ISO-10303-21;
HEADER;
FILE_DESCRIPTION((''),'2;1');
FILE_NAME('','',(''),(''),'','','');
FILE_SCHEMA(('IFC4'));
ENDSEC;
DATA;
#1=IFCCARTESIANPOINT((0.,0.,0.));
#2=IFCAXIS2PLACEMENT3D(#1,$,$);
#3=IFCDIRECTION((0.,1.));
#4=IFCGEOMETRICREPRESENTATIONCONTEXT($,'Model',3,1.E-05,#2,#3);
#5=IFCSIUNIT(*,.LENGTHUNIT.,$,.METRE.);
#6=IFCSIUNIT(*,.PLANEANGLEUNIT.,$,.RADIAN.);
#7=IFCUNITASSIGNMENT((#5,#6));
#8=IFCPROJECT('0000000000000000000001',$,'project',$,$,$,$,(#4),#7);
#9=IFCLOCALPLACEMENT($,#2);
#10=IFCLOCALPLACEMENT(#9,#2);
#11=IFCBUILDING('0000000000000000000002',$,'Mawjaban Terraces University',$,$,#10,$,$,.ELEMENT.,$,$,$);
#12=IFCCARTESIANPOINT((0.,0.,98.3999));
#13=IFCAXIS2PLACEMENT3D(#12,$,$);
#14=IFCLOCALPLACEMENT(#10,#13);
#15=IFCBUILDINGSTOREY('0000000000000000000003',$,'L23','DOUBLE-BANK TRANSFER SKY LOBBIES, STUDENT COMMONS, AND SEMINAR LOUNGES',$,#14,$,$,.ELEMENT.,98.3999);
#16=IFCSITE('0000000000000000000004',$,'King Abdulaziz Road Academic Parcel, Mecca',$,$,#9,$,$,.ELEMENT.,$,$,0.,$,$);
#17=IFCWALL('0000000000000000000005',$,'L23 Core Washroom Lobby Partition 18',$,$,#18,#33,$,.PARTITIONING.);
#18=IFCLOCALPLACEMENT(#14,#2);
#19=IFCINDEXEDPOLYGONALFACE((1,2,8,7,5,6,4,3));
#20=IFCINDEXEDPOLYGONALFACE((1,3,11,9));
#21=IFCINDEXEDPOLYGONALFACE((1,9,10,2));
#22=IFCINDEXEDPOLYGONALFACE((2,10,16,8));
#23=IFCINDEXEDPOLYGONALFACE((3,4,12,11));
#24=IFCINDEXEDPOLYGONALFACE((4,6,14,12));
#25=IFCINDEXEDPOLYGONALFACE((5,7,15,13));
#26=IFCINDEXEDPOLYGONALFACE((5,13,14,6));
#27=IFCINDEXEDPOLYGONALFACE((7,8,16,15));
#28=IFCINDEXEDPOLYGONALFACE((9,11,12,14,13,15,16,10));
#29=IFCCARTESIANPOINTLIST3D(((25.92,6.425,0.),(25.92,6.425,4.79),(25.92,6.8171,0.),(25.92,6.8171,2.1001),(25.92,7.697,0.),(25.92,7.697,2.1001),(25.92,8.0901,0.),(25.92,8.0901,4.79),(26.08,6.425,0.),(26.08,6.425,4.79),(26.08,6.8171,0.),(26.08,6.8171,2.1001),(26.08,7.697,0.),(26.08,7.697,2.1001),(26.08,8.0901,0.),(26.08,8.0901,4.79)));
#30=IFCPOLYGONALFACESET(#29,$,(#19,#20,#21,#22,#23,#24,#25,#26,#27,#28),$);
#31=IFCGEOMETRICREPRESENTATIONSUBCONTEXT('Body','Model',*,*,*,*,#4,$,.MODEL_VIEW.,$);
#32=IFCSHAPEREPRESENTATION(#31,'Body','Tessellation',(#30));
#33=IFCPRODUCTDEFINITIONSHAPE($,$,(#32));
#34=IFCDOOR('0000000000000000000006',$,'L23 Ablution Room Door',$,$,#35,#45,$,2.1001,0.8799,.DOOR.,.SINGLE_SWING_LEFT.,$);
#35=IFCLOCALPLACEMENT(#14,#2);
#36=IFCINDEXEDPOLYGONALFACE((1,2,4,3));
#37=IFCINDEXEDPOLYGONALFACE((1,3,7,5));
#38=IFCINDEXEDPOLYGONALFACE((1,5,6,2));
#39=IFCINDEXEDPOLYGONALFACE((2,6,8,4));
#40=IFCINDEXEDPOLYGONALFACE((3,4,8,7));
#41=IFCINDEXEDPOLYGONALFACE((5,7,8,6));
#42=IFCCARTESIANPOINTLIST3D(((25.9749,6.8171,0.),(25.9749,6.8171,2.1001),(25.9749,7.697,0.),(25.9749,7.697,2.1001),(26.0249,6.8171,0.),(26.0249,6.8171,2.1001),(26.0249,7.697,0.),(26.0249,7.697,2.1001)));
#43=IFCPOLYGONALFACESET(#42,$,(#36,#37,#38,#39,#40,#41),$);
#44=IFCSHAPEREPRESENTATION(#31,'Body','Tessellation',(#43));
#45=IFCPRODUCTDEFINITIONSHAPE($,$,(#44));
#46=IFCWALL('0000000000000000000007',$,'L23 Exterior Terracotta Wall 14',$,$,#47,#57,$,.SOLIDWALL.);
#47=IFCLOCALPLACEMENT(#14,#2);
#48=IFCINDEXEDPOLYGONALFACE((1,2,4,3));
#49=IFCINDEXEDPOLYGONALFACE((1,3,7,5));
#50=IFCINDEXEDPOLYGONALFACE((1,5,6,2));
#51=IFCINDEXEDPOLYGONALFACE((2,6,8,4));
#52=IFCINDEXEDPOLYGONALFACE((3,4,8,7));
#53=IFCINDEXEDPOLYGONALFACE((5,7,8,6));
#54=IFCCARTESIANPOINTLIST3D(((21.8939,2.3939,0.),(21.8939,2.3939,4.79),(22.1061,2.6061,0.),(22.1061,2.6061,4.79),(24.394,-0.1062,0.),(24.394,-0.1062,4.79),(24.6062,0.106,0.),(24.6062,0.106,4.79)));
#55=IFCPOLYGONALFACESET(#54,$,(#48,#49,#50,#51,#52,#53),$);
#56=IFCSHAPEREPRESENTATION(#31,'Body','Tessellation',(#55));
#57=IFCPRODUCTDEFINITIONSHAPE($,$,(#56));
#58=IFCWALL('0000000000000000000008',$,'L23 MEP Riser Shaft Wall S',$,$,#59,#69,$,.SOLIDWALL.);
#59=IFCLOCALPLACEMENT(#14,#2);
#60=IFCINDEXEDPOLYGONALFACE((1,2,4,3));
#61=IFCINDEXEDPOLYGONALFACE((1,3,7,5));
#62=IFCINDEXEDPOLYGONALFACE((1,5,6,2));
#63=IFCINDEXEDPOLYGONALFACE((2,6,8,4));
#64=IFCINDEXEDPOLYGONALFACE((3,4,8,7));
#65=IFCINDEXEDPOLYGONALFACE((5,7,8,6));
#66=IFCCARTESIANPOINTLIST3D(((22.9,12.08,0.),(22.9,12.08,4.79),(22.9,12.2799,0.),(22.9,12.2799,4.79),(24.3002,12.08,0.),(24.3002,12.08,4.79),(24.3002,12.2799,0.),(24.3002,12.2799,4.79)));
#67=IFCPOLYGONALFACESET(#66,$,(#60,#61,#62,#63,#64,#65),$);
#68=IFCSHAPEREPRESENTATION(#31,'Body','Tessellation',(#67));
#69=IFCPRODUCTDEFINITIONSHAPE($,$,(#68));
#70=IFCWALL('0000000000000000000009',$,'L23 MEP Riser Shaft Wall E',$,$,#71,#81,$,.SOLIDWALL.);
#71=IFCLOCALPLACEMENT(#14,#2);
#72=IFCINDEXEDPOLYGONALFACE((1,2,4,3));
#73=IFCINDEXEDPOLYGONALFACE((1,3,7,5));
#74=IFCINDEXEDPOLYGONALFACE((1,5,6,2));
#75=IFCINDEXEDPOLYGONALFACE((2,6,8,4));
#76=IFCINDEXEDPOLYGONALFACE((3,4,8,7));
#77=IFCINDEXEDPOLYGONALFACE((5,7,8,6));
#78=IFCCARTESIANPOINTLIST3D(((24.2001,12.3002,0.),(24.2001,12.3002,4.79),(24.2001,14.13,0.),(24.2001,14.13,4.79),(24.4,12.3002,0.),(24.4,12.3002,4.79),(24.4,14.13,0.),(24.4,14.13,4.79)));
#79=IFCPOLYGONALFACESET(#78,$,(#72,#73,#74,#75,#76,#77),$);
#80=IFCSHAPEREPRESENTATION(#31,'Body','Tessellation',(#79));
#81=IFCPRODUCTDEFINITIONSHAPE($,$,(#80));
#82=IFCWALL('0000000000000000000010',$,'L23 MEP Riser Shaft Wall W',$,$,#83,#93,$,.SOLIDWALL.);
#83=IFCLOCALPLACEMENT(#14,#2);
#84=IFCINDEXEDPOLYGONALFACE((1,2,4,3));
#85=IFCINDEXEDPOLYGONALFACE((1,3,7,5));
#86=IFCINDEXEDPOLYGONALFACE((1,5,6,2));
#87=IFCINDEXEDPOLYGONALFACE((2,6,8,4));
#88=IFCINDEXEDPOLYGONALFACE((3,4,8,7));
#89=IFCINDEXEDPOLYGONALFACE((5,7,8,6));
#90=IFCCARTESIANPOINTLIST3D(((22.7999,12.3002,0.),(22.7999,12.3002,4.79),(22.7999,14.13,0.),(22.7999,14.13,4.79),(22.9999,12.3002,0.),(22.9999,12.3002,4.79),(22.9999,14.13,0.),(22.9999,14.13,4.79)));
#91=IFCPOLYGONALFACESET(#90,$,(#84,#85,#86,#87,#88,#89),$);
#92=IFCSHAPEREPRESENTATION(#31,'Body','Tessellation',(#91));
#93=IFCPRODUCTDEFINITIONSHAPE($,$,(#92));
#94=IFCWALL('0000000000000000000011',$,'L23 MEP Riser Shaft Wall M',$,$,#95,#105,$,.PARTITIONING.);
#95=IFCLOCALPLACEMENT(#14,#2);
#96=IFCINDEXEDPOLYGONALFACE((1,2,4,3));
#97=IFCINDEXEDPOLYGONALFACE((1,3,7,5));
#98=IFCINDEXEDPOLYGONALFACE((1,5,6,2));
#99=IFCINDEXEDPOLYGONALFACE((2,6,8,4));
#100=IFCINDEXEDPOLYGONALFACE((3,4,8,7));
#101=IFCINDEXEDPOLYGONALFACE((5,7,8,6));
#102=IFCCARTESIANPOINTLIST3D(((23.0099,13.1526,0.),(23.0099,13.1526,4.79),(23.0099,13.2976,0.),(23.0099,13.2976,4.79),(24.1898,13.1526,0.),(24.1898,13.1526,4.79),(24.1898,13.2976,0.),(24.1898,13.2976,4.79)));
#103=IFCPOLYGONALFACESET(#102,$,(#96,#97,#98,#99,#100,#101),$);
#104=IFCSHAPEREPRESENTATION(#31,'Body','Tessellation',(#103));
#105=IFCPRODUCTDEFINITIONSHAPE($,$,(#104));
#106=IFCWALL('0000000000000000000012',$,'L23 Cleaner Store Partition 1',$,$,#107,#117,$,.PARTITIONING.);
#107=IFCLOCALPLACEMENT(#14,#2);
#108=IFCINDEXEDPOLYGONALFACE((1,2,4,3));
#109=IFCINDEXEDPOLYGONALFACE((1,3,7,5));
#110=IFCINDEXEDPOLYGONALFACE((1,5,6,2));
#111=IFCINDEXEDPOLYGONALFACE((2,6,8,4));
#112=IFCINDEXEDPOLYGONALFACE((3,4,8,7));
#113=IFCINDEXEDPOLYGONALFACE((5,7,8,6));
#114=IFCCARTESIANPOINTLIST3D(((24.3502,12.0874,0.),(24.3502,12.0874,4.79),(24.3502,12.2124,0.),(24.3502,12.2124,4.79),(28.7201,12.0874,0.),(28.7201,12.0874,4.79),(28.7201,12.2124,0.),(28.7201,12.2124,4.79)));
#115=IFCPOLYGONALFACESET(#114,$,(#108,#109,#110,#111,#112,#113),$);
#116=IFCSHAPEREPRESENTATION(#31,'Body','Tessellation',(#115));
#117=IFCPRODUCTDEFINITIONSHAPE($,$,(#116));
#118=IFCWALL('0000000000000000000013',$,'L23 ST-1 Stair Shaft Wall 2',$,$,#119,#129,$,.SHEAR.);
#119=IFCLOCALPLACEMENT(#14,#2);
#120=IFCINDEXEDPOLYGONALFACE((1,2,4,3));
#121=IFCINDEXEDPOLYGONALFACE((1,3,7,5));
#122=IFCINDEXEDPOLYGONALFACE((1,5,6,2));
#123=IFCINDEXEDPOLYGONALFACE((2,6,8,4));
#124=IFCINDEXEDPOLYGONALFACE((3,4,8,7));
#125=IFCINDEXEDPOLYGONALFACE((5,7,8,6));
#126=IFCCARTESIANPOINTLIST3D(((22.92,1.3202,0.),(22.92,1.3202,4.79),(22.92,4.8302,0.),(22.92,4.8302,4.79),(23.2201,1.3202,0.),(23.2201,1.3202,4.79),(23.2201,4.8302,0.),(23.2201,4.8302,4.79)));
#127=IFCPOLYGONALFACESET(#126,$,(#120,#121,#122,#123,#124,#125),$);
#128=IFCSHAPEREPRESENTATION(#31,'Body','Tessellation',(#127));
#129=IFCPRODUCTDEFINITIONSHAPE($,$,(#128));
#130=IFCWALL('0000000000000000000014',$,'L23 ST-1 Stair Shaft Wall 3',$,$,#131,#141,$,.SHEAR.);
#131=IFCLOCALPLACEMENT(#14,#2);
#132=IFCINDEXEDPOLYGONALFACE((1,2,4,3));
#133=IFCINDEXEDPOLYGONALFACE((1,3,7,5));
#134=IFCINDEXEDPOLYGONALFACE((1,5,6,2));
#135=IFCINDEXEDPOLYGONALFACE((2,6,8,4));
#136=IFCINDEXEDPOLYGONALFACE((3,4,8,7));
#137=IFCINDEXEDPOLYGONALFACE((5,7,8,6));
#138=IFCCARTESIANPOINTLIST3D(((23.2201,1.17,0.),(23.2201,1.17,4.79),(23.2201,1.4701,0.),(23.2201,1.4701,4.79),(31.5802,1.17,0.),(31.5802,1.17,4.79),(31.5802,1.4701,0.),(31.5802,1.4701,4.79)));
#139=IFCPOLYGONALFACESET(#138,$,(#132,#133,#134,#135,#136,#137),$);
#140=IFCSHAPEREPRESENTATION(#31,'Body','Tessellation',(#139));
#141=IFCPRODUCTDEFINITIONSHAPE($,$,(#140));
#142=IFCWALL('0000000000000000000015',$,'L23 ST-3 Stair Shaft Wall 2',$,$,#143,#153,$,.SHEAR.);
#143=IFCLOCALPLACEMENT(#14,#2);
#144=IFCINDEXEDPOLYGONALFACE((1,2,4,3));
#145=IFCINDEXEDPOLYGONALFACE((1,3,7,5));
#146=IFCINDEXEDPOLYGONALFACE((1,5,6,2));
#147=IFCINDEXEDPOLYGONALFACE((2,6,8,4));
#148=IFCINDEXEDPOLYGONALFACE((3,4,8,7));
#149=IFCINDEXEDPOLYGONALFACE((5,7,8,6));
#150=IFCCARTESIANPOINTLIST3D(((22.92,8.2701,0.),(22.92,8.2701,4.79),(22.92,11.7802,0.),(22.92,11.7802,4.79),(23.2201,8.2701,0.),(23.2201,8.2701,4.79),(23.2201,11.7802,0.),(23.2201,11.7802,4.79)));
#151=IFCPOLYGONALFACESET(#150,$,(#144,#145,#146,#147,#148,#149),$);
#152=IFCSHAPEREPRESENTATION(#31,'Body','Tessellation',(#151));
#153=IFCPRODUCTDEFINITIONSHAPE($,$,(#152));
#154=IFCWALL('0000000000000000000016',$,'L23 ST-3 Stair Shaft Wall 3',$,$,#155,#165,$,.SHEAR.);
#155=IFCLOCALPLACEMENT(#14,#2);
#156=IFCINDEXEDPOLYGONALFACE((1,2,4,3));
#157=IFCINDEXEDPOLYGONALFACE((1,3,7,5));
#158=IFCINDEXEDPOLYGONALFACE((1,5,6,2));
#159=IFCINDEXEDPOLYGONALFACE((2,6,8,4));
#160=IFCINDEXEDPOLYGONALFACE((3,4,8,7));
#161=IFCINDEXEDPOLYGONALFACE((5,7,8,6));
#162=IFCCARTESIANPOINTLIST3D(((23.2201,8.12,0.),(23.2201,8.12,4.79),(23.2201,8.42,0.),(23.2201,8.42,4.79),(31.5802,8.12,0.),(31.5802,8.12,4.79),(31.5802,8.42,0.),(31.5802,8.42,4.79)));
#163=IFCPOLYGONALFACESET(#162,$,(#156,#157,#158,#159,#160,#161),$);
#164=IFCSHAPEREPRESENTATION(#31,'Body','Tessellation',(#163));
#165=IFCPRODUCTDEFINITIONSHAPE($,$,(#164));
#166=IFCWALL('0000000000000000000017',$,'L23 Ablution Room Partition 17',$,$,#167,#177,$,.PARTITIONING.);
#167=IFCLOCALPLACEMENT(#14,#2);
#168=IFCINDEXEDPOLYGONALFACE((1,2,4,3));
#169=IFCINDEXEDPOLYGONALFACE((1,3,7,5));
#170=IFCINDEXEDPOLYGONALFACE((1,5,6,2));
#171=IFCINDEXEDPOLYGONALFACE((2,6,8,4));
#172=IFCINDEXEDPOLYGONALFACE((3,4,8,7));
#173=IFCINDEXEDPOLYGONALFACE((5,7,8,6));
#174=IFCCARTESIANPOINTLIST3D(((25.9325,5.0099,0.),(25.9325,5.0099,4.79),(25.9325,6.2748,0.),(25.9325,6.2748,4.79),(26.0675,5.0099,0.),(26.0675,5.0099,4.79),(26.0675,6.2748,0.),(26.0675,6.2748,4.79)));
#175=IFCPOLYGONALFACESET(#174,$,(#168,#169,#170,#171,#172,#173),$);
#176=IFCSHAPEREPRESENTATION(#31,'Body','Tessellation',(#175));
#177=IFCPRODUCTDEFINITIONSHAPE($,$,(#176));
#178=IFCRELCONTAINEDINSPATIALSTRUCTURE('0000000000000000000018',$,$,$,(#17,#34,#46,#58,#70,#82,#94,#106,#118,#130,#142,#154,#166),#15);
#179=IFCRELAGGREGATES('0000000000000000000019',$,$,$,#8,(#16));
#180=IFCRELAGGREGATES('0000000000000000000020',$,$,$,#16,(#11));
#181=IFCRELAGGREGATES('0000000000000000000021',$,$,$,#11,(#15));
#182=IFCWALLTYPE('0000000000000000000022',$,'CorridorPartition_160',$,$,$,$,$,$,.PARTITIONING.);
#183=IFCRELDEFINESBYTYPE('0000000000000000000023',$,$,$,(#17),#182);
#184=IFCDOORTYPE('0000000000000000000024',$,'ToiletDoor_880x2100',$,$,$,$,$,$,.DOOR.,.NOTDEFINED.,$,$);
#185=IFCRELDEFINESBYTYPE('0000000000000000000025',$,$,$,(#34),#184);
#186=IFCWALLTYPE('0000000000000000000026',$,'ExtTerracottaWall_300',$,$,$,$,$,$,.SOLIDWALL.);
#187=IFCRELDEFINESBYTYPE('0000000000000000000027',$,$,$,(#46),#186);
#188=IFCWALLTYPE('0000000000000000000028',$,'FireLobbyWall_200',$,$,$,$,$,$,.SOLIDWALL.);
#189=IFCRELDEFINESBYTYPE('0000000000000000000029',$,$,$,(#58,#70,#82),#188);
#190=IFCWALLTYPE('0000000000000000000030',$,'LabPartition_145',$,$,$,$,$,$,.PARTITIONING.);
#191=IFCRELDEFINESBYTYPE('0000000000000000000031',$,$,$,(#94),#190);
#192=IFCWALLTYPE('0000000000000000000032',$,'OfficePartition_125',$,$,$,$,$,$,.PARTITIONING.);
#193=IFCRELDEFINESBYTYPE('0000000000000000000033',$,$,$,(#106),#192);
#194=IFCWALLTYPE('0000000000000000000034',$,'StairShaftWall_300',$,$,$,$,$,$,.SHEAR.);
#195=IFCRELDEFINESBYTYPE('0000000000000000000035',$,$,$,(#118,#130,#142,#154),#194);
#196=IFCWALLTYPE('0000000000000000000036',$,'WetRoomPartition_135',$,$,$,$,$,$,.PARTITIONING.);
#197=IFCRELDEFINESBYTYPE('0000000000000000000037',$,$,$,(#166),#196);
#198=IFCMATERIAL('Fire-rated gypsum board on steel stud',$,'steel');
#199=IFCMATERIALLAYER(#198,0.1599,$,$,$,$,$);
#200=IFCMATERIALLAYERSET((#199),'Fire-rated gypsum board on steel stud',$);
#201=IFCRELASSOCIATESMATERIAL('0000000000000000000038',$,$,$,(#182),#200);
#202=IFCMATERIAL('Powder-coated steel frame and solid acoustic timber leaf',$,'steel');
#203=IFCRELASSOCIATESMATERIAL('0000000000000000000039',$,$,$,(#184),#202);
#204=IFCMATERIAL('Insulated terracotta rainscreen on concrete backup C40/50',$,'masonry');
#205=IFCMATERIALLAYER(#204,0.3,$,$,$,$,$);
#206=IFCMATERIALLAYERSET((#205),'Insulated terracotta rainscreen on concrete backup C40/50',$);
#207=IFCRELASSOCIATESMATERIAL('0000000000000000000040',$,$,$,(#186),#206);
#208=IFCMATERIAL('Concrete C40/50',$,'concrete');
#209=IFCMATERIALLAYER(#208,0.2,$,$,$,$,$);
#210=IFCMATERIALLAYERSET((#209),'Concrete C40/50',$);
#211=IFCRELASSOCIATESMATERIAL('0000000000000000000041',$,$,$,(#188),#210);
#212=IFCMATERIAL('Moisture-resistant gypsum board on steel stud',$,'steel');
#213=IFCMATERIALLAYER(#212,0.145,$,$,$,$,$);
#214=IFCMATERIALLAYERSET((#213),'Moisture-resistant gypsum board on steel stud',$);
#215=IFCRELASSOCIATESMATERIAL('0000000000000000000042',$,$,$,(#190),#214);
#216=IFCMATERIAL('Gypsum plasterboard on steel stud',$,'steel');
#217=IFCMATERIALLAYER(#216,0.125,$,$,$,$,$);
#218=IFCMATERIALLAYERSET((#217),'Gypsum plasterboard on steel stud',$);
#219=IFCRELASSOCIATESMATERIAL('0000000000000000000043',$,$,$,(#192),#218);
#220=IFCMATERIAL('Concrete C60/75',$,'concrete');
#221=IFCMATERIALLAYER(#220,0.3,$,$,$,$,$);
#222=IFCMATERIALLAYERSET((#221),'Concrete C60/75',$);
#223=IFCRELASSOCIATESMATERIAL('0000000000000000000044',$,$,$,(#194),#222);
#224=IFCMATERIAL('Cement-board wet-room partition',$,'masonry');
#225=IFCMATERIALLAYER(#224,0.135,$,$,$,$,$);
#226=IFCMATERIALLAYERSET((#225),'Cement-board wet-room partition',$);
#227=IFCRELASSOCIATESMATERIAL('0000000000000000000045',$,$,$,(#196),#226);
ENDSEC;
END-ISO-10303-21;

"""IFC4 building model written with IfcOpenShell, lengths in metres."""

from ifc_helpers import new_model, si_unit, direction, frame, frame_2d, origin, place, context, subcontext, project, spatial, rectangle, extrude, material, layer, layer_set, type_object, element, fill, save


model = new_model("IFC4")

# Units and contexts
model_context = context("Model", 3, precision=1e-05, world=origin(), true_north=direction((0.0, 1.0)))
body_context = subcontext(model_context, "Body", "Model", "MODEL_VIEW")
ifc_project = project(units=[si_unit("LENGTHUNIT", "METRE"), si_unit("PLANEANGLEUNIT", "RADIAN")], contexts=[model_context])

# Site, building, storey
site_placement = place(None, origin())
site = spatial("IfcSite", under=ifc_project, at=site_placement, Name="King Abdulaziz Road Academic Parcel, Mecca", CompositionType="ELEMENT", RefElevation=0.0)
building_placement = place(site_placement, origin())
building = spatial("IfcBuilding", under=site, at=building_placement, Name="Mawjaban Terraces University", CompositionType="ELEMENT")
storey_placement = place(building_placement, frame((0.0, 0.0, 98.3999)))
storey = spatial("IfcBuildingStorey", under=building, at=storey_placement, Name="L23", Description="DOUBLE-BANK TRANSFER SKY LOBBIES, STUDENT COMMONS, AND SEMINAR LOUNGES", CompositionType="ELEMENT", Elevation=98.3999)

# Shared definitions
ifc_material_1 = material(Name="Concrete C60/75", Category="concrete")

# Wall, opening, door
ifc_material_2 = material(Name="Fire-rated gypsum board on steel stud", Category="steel")
ifc_layer_1 = layer(ifc_material_2, 0.1599)
ifc_layer_set_1 = layer_set([ifc_layer_1], Name="Fire-rated gypsum board on steel stud")
wall_type_1 = type_object("IfcWallType", Name="CorridorPartition_160", PredefinedType="PARTITIONING", material=ifc_layer_set_1)
ifc_material_3 = material(Name="Powder-coated steel frame and solid acoustic timber leaf", Category="steel")
door_type = type_object("IfcDoorType", Name="ToiletDoor_880x2100", OperationType="NOTDEFINED", PredefinedType="DOOR", material=ifc_material_3)
wall_1_placement = place(storey_placement, frame((26.0, 8.0901, 0.0), z_axis=(0.0, 0.0, 1.0), x_axis=(0.0, -1.0, 0.0)))
wall_1 = element("IfcWall", 1, at=wall_1_placement, inside=storey, type_object=wall_type_1, Name="L23 Core Washroom Lobby Partition 18", PredefinedType="PARTITIONING", context=body_context, shape_type="SweptSolid", body=[
    extrude(rectangle(XDim=1.665, YDim=0.1599, at=frame_2d((0.8325, 0.0))), origin(), (0.0, 0.0, 1.0), 4.79),
])
opening_1_placement = place(wall_1_placement, frame((0.3931, 0.0, 0.0)))
opening_1 = element("IfcOpeningElement", 2, at=opening_1_placement, cuts=wall_1, PredefinedType="OPENING", context=body_context, shape_type="SweptSolid", body=[
    extrude(rectangle(XDim=0.8799, YDim=2.1001, at=frame_2d((0.4399, 1.05))), frame((0.0, 0.0898, 0.0), z_axis=(0.0, -1.0, 0.0), x_axis=(1.0, 0.0, 0.0)), (0.0, 0.0, 1.0), 0.1799),
])
door_1_placement = place(opening_1_placement, origin())
door_1 = element("IfcDoor", 3, at=door_1_placement, inside=storey, type_object=door_type, Name="L23 Ablution Room Door", OperationType="SINGLE_SWING_LEFT", OverallHeight=2.1001, OverallWidth=0.8799, PredefinedType="DOOR", context=body_context, shape_type="SweptSolid", body=[
    extrude(rectangle(XDim=0.8799, YDim=2.1001, at=frame_2d((0.4399, 1.05))), frame((0.0, 0.0249, 0.0), z_axis=(0.0, -1.0, 0.0), x_axis=(1.0, 0.0, 0.0)), (0.0, 0.0, 1.0), 0.05),
])
fill(opening_1, door_1)

# Walls
ifc_material_4 = material(Name="Insulated terracotta rainscreen on concrete backup C40/50", Category="masonry")
ifc_layer_2 = layer(ifc_material_4, 0.3)
ifc_layer_set_2 = layer_set([ifc_layer_2], Name="Insulated terracotta rainscreen on concrete backup C40/50")
wall_type_2 = type_object("IfcWallType", Name="ExtTerracottaWall_300", PredefinedType="SOLIDWALL", material=ifc_layer_set_2)
wall_2_placement = place(storey_placement, frame((22.0, 2.5, 0.0), z_axis=(0.0, 0.0, 1.0), x_axis=(0.707107, -0.707107, 0.0)))
element("IfcWall", 4, at=wall_2_placement, inside=storey, type_object=wall_type_2, Name="L23 Exterior Terracotta Wall 14", PredefinedType="SOLIDWALL", context=body_context, shape_type="SweptSolid", body=[
    extrude(rectangle(XDim=3.5356, YDim=0.3, at=frame_2d((1.7678, 0.0))), origin(), (0.0, 0.0, 1.0), 4.79),
])
ifc_material_5 = material(Name="Concrete C40/50", Category="concrete")
ifc_layer_3 = layer(ifc_material_5, 0.2)
ifc_layer_set_3 = layer_set([ifc_layer_3], Name="Concrete C40/50")
wall_type_3 = type_object("IfcWallType", Name="FireLobbyWall_200", PredefinedType="SOLIDWALL", material=ifc_layer_set_3)
wall_3_placement = place(storey_placement, frame((22.8999, 12.1799, 0.0), z_axis=(0.0, 0.0, 1.0), x_axis=(1.0, 0.0, 0.0)))
element("IfcWall", 5, at=wall_3_placement, inside=storey, type_object=wall_type_3, Name="L23 MEP Riser Shaft Wall S", PredefinedType="SOLIDWALL", context=body_context, shape_type="SweptSolid", body=[
    extrude(rectangle(XDim=1.4001, YDim=0.2, at=frame_2d((0.7002, 0.0))), origin(), (0.0, 0.0, 1.0), 4.79),
])
for number, where, z_axis, x_axis, name in (
    (6, (24.3, 12.3, 0.0), (0.0, 0.0, 1.0), (0.0, 1.0, 0.0), "L23 MEP Riser Shaft Wall E"),
    (7, (22.8999, 12.3, 0.0), (0.0, 0.0, 1.0), (0.0, 1.0, 0.0), "L23 MEP Riser Shaft Wall W"),
):
    element("IfcWall", number, at=place(storey_placement, frame(where, z_axis=z_axis, x_axis=x_axis)), inside=storey, type_object=wall_type_3, Name=name, PredefinedType="SOLIDWALL", context=body_context, shape_type="SweptSolid", body=[
        extrude(rectangle(XDim=1.8298, YDim=0.2, at=frame_2d((0.915, 0.0))), origin(), (0.0, 0.0, 1.0), 4.79),
    ])
ifc_material_6 = material(Name="Moisture-resistant gypsum board on steel stud", Category="steel")
ifc_layer_4 = layer(ifc_material_6, 0.145)
ifc_layer_set_4 = layer_set([ifc_layer_4], Name="Moisture-resistant gypsum board on steel stud")
wall_type_4 = type_object("IfcWallType", Name="LabPartition_145", PredefinedType="PARTITIONING", material=ifc_layer_set_4)
wall_4_placement = place(storey_placement, frame((23.01, 13.2251, 0.0), z_axis=(0.0, 0.0, 1.0), x_axis=(1.0, 0.0, 0.0)))
element("IfcWall", 8, at=wall_4_placement, inside=storey, type_object=wall_type_4, Name="L23 MEP Riser Shaft Wall M", PredefinedType="PARTITIONING", context=body_context, shape_type="SweptSolid", body=[
    extrude(rectangle(XDim=1.1799, YDim=0.145, at=frame_2d((0.5898, 0.0))), origin(), (0.0, 0.0, 1.0), 4.79),
])
ifc_material_7 = material(Name="Gypsum plasterboard on steel stud", Category="steel")
ifc_layer_5 = layer(ifc_material_7, 0.125)
ifc_layer_set_5 = layer_set([ifc_layer_5], Name="Gypsum plasterboard on steel stud")
wall_type_5 = type_object("IfcWallType", Name="OfficePartition_125", PredefinedType="PARTITIONING", material=ifc_layer_set_5)
wall_5_placement = place(storey_placement, frame((24.3501, 12.1499, 0.0), z_axis=(0.0, 0.0, 1.0), x_axis=(1.0, 0.0, 0.0)))
element("IfcWall", 9, at=wall_5_placement, inside=storey, type_object=wall_type_5, Name="L23 Cleaner Store Partition 1", PredefinedType="PARTITIONING", context=body_context, shape_type="SweptSolid", body=[
    extrude(rectangle(XDim=4.3699, YDim=0.125, at=frame_2d((2.1851, 0.0))), origin(), (0.0, 0.0, 1.0), 4.79),
])
ifc_layer_6 = layer(ifc_material_1, 0.3)
ifc_layer_set_6 = layer_set([ifc_layer_6], Name="Concrete C60/75")
wall_type_6 = type_object("IfcWallType", Name="StairShaftWall_300", PredefinedType="SHEAR", material=ifc_layer_set_6)
wall_6_placement = place(storey_placement, frame((23.0701, 4.8301, 0.0), z_axis=(0.0, 0.0, 1.0), x_axis=(0.0, -1.0, 0.0)))
element("IfcWall", 10, at=wall_6_placement, inside=storey, type_object=wall_type_6, Name="L23 ST-1 Stair Shaft Wall 2", PredefinedType="SHEAR", context=body_context, shape_type="SweptSolid", body=[
    extrude(rectangle(XDim=3.51, YDim=0.3, at=frame_2d((1.7549, 0.0))), origin(), (0.0, 0.0, 1.0), 4.79),
])
wall_7_placement = place(storey_placement, frame((23.22, 1.3201, 0.0), z_axis=(0.0, 0.0, 1.0), x_axis=(1.0, 0.0, 0.0)))
element("IfcWall", 11, at=wall_7_placement, inside=storey, type_object=wall_type_6, Name="L23 ST-1 Stair Shaft Wall 3", PredefinedType="SHEAR", context=body_context, shape_type="SweptSolid", body=[
    extrude(rectangle(XDim=8.3601, YDim=0.3, at=frame_2d((4.1802, 0.0))), origin(), (0.0, 0.0, 1.0), 4.79),
])
wall_8_placement = place(storey_placement, frame((23.0701, 11.78, 0.0), z_axis=(0.0, 0.0, 1.0), x_axis=(0.0, -1.0, 0.0)))
element("IfcWall", 12, at=wall_8_placement, inside=storey, type_object=wall_type_6, Name="L23 ST-3 Stair Shaft Wall 2", PredefinedType="SHEAR", context=body_context, shape_type="SweptSolid", body=[
    extrude(rectangle(XDim=3.51, YDim=0.3, at=frame_2d((1.7549, 0.0))), origin(), (0.0, 0.0, 1.0), 4.79),
])
wall_9_placement = place(storey_placement, frame((23.22, 8.27, 0.0), z_axis=(0.0, 0.0, 1.0), x_axis=(1.0, 0.0, 0.0)))
element("IfcWall", 13, at=wall_9_placement, inside=storey, type_object=wall_type_6, Name="L23 ST-3 Stair Shaft Wall 3", PredefinedType="SHEAR", context=body_context, shape_type="SweptSolid", body=[
    extrude(rectangle(XDim=8.3601, YDim=0.3, at=frame_2d((4.1802, 0.0))), origin(), (0.0, 0.0, 1.0), 4.79),
])
ifc_material_8 = material(Name="Cement-board wet-room partition", Category="masonry")
ifc_layer_7 = layer(ifc_material_8, 0.135)
ifc_layer_set_7 = layer_set([ifc_layer_7], Name="Cement-board wet-room partition")
wall_type_7 = type_object("IfcWallType", Name="WetRoomPartition_135", PredefinedType="PARTITIONING", material=ifc_layer_set_7)
wall_10_placement = place(storey_placement, frame((26.0, 5.01, 0.0), z_axis=(0.0, 0.0, 1.0), x_axis=(0.0, 1.0, 0.0)))
element("IfcWall", 14, at=wall_10_placement, inside=storey, type_object=wall_type_7, Name="L23 Ablution Room Partition 17", PredefinedType="PARTITIONING", context=body_context, shape_type="SweptSolid", body=[
    extrude(rectangle(XDim=1.2649, YDim=0.135, at=frame_2d((0.6323, 0.0))), origin(), (0.0, 0.0, 1.0), 4.79),
])

save(model, "model.ifc")
